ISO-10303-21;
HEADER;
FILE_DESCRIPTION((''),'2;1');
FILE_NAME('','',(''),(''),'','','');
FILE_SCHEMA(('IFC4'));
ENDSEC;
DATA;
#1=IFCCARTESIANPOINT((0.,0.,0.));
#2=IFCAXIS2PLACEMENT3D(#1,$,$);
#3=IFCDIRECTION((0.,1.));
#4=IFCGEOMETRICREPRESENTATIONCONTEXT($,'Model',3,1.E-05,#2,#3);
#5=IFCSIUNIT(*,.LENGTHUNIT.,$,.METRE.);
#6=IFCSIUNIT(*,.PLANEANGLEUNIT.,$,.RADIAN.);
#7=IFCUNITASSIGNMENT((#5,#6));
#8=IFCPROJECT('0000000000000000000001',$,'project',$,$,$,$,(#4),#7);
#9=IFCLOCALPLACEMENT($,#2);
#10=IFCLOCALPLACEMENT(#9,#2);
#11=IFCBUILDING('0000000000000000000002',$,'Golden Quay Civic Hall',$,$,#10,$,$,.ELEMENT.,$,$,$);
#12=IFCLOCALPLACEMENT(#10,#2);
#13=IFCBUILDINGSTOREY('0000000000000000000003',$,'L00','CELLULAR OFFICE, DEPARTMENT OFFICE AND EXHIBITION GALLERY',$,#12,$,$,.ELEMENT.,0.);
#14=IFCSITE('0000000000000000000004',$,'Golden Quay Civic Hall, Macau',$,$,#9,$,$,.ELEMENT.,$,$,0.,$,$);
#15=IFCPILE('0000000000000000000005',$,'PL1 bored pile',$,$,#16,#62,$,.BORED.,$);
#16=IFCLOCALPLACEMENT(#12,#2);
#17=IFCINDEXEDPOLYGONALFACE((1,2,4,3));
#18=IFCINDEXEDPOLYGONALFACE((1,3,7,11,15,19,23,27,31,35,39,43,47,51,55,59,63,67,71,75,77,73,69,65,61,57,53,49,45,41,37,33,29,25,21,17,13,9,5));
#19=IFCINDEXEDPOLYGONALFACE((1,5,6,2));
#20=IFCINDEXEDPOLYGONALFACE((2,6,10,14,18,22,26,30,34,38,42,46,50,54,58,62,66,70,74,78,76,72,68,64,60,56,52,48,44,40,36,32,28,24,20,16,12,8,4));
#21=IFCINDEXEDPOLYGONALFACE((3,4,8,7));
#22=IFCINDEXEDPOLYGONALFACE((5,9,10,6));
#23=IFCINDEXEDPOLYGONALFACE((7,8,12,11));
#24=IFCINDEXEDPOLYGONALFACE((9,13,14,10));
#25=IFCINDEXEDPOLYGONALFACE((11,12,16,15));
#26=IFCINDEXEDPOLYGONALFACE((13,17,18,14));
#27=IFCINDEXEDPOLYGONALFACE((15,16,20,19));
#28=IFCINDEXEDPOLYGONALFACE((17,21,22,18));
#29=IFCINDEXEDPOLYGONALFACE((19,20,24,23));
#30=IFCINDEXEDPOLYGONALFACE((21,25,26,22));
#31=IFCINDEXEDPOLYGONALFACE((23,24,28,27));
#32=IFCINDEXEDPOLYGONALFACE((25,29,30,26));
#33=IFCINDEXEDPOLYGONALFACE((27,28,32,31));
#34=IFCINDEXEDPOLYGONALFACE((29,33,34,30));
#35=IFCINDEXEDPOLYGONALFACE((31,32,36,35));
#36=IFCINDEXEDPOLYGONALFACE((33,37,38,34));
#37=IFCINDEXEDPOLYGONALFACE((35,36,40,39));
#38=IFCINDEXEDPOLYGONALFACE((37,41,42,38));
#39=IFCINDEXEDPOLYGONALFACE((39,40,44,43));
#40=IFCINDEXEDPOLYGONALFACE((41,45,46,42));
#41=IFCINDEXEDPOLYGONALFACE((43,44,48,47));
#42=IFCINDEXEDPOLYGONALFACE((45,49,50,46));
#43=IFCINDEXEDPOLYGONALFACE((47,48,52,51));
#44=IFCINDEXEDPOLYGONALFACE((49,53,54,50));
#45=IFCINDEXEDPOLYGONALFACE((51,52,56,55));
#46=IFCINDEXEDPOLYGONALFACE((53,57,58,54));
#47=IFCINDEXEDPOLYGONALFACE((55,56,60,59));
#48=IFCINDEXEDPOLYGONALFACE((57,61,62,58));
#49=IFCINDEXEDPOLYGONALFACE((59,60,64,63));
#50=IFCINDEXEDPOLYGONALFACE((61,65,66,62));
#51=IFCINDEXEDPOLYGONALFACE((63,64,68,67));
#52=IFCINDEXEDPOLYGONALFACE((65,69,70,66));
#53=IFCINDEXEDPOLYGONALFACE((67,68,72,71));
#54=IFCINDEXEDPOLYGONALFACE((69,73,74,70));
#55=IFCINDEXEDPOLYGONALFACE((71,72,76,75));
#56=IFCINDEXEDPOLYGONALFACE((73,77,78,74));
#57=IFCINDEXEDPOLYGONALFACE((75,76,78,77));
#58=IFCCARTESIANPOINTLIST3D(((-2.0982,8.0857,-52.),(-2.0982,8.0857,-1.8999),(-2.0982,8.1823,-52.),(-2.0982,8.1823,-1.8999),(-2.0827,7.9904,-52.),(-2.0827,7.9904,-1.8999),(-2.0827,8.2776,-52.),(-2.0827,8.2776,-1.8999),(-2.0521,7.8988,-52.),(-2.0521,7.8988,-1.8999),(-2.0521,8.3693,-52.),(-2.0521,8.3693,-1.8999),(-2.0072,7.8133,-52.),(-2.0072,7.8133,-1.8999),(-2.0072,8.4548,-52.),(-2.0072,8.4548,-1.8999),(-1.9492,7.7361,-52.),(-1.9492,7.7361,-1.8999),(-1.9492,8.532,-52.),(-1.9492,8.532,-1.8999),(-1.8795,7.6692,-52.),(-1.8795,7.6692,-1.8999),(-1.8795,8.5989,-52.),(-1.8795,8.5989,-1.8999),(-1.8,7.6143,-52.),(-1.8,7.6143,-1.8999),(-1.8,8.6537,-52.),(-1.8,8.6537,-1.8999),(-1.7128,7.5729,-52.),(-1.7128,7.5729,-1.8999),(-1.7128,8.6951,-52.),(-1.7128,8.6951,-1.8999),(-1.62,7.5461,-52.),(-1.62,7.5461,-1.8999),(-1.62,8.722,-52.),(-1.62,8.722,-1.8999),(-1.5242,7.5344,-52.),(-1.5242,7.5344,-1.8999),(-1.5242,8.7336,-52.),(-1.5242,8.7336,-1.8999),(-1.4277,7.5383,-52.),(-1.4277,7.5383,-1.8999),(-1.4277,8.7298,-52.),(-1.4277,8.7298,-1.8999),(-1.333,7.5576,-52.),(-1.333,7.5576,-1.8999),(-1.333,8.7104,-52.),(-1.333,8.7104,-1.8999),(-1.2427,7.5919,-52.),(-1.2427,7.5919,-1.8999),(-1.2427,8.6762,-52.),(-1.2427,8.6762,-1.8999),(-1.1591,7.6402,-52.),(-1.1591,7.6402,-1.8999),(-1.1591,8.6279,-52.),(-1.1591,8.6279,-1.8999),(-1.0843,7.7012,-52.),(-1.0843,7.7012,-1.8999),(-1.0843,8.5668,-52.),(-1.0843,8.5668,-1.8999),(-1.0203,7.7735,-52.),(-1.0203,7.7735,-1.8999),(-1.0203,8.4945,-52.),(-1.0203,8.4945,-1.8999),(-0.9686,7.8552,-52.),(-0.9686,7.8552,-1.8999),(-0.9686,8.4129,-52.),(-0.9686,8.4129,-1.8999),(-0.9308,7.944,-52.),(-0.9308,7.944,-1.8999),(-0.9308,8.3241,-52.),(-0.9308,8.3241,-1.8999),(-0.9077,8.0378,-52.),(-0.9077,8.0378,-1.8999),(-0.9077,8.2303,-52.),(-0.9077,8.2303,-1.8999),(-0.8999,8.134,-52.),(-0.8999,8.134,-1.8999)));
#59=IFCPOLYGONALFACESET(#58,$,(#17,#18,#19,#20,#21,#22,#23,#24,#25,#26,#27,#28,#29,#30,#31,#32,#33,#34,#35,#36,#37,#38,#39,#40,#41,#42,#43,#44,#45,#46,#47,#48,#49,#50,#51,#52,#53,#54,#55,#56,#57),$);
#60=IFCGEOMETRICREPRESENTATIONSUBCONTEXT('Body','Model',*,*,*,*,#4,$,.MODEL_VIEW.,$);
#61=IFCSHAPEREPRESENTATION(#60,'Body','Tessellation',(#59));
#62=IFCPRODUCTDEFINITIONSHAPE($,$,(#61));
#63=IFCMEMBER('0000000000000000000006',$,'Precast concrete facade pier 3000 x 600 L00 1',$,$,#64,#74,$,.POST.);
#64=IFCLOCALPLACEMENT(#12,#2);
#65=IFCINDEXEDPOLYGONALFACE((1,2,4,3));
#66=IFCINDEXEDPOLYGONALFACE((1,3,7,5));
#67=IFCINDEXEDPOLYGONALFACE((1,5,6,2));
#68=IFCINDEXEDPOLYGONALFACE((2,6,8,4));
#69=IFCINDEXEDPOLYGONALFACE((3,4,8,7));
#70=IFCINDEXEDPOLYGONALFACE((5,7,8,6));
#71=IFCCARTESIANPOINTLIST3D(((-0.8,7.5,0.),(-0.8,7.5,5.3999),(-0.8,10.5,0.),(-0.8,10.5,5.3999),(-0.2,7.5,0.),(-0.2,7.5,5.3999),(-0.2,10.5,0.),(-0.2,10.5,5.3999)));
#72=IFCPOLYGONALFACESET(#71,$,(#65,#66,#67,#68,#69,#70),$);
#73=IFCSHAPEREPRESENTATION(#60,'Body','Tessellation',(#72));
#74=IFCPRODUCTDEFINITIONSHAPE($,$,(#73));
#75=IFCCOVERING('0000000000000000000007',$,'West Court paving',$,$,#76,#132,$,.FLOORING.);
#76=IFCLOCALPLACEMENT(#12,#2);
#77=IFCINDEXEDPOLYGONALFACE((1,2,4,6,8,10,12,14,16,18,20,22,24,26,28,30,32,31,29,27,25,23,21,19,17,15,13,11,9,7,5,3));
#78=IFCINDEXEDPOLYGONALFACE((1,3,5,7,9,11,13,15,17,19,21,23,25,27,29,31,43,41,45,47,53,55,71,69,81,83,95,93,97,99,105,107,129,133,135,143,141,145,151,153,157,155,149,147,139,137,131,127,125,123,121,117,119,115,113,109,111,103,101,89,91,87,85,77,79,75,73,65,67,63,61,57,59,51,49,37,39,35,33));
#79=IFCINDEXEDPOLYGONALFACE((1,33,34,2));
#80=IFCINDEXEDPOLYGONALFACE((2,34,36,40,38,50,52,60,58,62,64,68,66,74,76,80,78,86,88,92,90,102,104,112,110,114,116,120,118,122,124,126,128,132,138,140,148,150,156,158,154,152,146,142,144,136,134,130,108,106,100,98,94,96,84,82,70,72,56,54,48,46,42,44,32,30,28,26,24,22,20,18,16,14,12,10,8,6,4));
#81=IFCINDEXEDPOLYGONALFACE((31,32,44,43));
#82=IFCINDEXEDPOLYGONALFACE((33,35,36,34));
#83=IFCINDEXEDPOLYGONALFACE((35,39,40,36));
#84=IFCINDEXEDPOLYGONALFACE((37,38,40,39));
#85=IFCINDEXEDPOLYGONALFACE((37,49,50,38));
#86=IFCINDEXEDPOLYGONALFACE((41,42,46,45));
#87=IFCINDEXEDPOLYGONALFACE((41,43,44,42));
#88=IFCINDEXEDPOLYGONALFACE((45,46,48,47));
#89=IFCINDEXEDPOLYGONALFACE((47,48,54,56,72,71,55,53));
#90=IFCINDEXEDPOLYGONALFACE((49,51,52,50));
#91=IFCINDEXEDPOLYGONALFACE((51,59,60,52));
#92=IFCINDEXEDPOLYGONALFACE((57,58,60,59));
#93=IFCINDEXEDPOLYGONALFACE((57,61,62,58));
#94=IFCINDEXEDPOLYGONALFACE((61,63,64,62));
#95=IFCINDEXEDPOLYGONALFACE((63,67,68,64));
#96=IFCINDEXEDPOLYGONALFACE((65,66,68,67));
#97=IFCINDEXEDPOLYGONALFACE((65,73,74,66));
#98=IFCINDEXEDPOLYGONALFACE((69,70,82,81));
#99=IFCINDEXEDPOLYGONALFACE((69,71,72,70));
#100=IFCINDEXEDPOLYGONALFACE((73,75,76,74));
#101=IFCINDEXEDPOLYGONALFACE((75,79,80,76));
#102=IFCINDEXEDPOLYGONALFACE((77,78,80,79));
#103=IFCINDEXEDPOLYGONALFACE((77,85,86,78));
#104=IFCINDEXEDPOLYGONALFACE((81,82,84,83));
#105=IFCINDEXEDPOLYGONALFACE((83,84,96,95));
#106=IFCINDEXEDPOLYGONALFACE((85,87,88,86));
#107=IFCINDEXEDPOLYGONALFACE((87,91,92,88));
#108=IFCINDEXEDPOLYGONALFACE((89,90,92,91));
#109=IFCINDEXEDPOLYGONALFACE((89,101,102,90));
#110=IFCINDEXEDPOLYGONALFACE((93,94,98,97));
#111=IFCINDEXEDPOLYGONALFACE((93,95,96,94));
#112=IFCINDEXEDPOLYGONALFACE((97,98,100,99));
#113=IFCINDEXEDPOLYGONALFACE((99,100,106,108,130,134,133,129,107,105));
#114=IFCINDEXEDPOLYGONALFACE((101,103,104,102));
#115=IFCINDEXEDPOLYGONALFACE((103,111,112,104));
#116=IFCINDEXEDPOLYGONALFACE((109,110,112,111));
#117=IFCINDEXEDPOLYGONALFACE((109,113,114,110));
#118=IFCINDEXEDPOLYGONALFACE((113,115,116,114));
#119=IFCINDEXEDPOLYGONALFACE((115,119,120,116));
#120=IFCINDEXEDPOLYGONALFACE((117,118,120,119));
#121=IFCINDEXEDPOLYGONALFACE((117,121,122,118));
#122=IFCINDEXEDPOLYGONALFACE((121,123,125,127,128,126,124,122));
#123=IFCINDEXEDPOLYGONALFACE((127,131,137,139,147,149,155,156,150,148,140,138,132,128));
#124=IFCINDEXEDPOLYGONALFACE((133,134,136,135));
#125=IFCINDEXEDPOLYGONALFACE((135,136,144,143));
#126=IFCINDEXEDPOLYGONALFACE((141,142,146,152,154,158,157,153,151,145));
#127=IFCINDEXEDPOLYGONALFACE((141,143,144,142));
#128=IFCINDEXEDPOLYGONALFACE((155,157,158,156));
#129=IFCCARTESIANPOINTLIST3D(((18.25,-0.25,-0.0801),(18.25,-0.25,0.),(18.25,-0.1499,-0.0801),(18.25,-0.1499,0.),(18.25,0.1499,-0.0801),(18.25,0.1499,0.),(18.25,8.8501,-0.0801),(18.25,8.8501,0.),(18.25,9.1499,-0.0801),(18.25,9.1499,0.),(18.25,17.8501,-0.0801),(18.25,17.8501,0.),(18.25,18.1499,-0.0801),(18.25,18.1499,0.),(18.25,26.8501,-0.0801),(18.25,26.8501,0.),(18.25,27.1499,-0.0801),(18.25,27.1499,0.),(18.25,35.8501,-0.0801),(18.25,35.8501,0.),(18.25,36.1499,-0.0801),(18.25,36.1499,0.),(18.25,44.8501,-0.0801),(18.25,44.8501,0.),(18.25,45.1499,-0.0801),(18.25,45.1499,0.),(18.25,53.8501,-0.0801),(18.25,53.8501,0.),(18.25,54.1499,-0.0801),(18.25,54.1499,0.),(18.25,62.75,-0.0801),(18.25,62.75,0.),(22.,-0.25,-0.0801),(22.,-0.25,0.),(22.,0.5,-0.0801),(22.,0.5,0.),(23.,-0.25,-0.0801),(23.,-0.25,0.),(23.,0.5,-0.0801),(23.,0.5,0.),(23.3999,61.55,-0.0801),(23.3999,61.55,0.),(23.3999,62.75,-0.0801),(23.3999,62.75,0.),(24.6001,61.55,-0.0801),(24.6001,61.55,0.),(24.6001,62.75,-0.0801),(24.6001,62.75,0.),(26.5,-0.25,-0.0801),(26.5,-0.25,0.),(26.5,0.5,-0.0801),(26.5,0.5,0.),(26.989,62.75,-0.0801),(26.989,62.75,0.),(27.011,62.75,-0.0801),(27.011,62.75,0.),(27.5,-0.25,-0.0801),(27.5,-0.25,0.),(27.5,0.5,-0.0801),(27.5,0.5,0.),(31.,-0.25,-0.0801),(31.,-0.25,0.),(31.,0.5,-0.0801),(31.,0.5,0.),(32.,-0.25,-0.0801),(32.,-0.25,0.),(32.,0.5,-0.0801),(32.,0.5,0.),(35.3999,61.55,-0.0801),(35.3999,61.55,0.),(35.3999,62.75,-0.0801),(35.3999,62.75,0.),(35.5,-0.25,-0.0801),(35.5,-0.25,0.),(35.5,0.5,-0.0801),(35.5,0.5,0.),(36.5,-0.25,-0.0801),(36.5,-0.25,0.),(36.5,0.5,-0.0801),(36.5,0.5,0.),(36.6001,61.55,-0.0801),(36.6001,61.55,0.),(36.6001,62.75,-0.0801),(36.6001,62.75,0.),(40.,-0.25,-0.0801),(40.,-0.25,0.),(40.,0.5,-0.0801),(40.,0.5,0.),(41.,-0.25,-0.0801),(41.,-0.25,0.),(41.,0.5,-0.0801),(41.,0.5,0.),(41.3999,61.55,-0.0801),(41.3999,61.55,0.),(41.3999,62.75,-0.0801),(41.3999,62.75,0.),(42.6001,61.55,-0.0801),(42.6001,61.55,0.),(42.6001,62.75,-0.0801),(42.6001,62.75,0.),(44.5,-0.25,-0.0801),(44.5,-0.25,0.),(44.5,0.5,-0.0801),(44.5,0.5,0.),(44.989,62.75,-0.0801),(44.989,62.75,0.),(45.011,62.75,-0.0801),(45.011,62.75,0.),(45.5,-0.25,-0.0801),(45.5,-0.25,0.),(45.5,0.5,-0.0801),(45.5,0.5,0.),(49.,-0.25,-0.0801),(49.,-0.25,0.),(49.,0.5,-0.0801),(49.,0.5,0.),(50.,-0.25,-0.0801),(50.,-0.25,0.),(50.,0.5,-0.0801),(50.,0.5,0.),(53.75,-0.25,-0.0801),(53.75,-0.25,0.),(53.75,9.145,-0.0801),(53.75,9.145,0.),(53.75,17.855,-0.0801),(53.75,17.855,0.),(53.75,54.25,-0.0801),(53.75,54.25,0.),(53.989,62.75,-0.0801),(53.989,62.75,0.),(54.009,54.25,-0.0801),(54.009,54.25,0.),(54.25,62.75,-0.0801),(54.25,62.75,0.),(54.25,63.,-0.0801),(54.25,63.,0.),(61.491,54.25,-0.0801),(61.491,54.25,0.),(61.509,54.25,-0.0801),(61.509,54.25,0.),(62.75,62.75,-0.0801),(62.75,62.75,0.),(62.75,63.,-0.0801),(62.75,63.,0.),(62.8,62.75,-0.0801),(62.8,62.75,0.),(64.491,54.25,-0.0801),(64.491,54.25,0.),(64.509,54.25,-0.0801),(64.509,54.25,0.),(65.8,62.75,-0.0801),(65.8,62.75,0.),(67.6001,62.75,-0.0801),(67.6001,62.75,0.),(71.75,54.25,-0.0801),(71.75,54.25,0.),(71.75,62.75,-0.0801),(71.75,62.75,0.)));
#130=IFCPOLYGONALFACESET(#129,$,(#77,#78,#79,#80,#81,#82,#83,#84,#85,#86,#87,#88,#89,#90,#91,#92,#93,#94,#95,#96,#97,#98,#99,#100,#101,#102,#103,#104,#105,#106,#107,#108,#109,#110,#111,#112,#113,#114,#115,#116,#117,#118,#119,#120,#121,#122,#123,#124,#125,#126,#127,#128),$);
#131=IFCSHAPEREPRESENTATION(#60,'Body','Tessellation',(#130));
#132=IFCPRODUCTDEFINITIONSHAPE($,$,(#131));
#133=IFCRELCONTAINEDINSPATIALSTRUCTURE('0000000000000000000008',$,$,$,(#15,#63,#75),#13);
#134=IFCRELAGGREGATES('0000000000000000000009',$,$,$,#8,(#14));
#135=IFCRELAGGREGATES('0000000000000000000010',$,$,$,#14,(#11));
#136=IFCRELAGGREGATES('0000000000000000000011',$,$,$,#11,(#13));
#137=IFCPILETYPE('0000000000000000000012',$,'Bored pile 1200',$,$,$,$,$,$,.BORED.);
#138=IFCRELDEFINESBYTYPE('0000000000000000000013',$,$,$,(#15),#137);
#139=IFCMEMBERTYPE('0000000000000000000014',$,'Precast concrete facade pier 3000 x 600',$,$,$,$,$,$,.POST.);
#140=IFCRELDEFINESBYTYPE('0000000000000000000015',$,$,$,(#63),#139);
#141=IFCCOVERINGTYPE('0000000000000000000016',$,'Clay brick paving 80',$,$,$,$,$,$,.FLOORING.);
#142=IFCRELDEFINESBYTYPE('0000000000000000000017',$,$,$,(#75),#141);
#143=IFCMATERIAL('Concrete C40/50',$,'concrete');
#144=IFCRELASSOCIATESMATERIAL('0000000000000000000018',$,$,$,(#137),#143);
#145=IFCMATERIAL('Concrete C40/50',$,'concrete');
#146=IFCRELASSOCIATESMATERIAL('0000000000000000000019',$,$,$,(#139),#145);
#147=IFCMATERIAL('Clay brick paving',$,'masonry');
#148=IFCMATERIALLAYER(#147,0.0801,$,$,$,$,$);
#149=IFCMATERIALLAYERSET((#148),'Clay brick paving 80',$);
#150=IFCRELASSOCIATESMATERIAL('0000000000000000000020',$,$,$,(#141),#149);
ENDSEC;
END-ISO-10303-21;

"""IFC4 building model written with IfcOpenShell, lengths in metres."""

from ifc_helpers import new_model, si_unit, direction, frame, origin, origin_2d, place, context, subcontext, project, spatial, polyline, rectangle, circle, outline, extrude, material, layer, layer_set, material_profile, profile_set, type_object, element, save


model = new_model("IFC4")

# Units and contexts
model_context = context("Model", 3, precision=1e-05, world=origin(), true_north=direction((0.0, 1.0)))
body_context = subcontext(model_context, "Body", "Model", "MODEL_VIEW")
ifc_project = project(units=[si_unit("LENGTHUNIT", "METRE"), si_unit("PLANEANGLEUNIT", "RADIAN")], contexts=[model_context])

# Site, building, storey
site_placement = place(None, origin())
site = spatial("IfcSite", under=ifc_project, at=site_placement, Name="Golden Quay Civic Hall, Macau", CompositionType="ELEMENT", RefElevation=0.0)
building_placement = place(site_placement, origin())
building = spatial("IfcBuilding", under=site, at=building_placement, Name="Golden Quay Civic Hall", CompositionType="ELEMENT")
storey_placement = place(building_placement, origin())
storey = spatial("IfcBuildingStorey", under=building, at=storey_placement, Name="L00", Description="CELLULAR OFFICE, DEPARTMENT OFFICE AND EXHIBITION GALLERY", CompositionType="ELEMENT", Elevation=0.0)

# Pile
ifc_material_1 = material(Name="Concrete C40/50", Category="concrete")
ifc_material_profile_1 = material_profile(ifc_material_1, circle(Radius=0.6001, at=origin_2d()), Name="RC D1200")
ifc_profile_set_1 = profile_set([ifc_material_profile_1], Name="Concrete C40/50")
pile_type = type_object("IfcPileType", Name="Bored pile 1200", PredefinedType="BORED", material=ifc_profile_set_1)
pile_placement = place(storey_placement, frame((-1.5, 8.134, -1.8999), z_axis=(0.0, 0.0, -1.0), x_axis=(1.0, 0.0, 0.0)))
element("IfcPile", 1, at=pile_placement, inside=storey, type_object=pile_type, Name="PL1 bored pile", PredefinedType="BORED", context=body_context, shape_type="SweptSolid", body=[
    extrude(circle(Radius=0.6001, at=origin_2d()), origin(), (0.0, 0.0, 1.0), 50.1001),
])

# Member
ifc_material_2 = material(Name="Concrete C40/50", Category="concrete")
ifc_material_profile_2 = material_profile(ifc_material_2, rectangle(XDim=3.0, YDim=0.6001, at=origin_2d()), Name="RC 3000x600")
ifc_profile_set_2 = profile_set([ifc_material_profile_2], Name="Concrete C40/50")
member_type = type_object("IfcMemberType", Name="Precast concrete facade pier 3000 x 600", PredefinedType="POST", material=ifc_profile_set_2)
member_placement = place(storey_placement, frame((-0.5, 9.0, 0.0), z_axis=(0.0, 0.0, 1.0), x_axis=(0.0, 1.0, 0.0)))
element("IfcMember", 2, at=member_placement, inside=storey, type_object=member_type, Name="Precast concrete facade pier 3000 x 600 L00 1", PredefinedType="POST", context=body_context, shape_type="SweptSolid", body=[
    extrude(rectangle(XDim=3.0, YDim=0.6001, at=origin_2d()), origin(), (0.0, 0.0, 1.0), 5.3999),
])

# Covering
ifc_material_3 = material(Name="Clay brick paving", Category="masonry")
ifc_layer_1 = layer(ifc_material_3, 0.0801)
ifc_layer_set_1 = layer_set([ifc_layer_1], Name="Clay brick paving 80")
covering_type_1 = type_object("IfcCoveringType", Name="Clay brick paving 80", PredefinedType="FLOORING", material=ifc_layer_set_1)
covering_1_placement = place(storey_placement, frame((0.0, 0.0, -0.0801)))
element("IfcCovering", 3, at=covering_1_placement, inside=storey, type_object=covering_type_1, Name="West Court paving", PredefinedType="FLOORING", context=body_context, shape_type="SweptSolid", body=[
    extrude(outline(polyline([(62.75, 63.0), (62.75, 62.75), (62.8, 62.75), (65.8, 62.75), (67.6001, 62.75), (71.75, 62.75), (71.75, 54.25), (64.509, 54.25), (64.491, 54.25), (61.509, 54.25), (61.491, 54.25), (54.009, 54.25), (53.75, 54.25), (53.75, 17.855), (53.75, 9.145), (53.75, -0.25), (50.0, -0.25), (50.0, 0.5), (49.0, 0.5), (49.0, -0.25), (45.5, -0.25), (45.5, 0.5), (44.5, 0.5), (44.5, -0.25), (41.0, -0.25), (41.0, 0.5), (40.0, 0.5), (40.0, -0.25), (36.5, -0.25), (36.5, 0.5), (35.5, 0.5), (35.5, -0.25), (32.0, -0.25), (32.0, 0.5), (31.0, 0.5), (31.0, -0.25), (27.5, -0.25), (27.5, 0.5), (26.5, 0.5), (26.5, -0.25), (23.0, -0.25), (23.0, 0.5), (22.0, 0.5), (22.0, -0.25), (18.25, -0.25), (18.25, -0.1499), (18.25, 0.1499), (18.25, 8.8501), (18.25, 9.1499), (18.25, 17.8501), (18.25, 18.1499), (18.25, 26.8501), (18.25, 27.1499), (18.25, 35.8501), (18.25, 36.1499), (18.25, 44.8501), (18.25, 45.1499), (18.25, 53.8501), (18.25, 54.1499), (18.25, 62.75), (23.3999, 62.75), (23.3999, 61.55), (24.6001, 61.55), (24.6001, 62.75), (26.989, 62.75), (27.011, 62.75), (35.3999, 62.75), (35.3999, 61.55), (36.6001, 61.55), (36.6001, 62.75), (41.3999, 62.75), (41.3999, 61.55), (42.6001, 61.55), (42.6001, 62.75), (44.989, 62.75), (45.011, 62.75), (53.989, 62.75), (54.25, 62.75), (54.25, 63.0), (62.75, 63.0)])), origin(), (0.0, 0.0, 1.0), 0.0801),
])

save(model, "model.ifc")
